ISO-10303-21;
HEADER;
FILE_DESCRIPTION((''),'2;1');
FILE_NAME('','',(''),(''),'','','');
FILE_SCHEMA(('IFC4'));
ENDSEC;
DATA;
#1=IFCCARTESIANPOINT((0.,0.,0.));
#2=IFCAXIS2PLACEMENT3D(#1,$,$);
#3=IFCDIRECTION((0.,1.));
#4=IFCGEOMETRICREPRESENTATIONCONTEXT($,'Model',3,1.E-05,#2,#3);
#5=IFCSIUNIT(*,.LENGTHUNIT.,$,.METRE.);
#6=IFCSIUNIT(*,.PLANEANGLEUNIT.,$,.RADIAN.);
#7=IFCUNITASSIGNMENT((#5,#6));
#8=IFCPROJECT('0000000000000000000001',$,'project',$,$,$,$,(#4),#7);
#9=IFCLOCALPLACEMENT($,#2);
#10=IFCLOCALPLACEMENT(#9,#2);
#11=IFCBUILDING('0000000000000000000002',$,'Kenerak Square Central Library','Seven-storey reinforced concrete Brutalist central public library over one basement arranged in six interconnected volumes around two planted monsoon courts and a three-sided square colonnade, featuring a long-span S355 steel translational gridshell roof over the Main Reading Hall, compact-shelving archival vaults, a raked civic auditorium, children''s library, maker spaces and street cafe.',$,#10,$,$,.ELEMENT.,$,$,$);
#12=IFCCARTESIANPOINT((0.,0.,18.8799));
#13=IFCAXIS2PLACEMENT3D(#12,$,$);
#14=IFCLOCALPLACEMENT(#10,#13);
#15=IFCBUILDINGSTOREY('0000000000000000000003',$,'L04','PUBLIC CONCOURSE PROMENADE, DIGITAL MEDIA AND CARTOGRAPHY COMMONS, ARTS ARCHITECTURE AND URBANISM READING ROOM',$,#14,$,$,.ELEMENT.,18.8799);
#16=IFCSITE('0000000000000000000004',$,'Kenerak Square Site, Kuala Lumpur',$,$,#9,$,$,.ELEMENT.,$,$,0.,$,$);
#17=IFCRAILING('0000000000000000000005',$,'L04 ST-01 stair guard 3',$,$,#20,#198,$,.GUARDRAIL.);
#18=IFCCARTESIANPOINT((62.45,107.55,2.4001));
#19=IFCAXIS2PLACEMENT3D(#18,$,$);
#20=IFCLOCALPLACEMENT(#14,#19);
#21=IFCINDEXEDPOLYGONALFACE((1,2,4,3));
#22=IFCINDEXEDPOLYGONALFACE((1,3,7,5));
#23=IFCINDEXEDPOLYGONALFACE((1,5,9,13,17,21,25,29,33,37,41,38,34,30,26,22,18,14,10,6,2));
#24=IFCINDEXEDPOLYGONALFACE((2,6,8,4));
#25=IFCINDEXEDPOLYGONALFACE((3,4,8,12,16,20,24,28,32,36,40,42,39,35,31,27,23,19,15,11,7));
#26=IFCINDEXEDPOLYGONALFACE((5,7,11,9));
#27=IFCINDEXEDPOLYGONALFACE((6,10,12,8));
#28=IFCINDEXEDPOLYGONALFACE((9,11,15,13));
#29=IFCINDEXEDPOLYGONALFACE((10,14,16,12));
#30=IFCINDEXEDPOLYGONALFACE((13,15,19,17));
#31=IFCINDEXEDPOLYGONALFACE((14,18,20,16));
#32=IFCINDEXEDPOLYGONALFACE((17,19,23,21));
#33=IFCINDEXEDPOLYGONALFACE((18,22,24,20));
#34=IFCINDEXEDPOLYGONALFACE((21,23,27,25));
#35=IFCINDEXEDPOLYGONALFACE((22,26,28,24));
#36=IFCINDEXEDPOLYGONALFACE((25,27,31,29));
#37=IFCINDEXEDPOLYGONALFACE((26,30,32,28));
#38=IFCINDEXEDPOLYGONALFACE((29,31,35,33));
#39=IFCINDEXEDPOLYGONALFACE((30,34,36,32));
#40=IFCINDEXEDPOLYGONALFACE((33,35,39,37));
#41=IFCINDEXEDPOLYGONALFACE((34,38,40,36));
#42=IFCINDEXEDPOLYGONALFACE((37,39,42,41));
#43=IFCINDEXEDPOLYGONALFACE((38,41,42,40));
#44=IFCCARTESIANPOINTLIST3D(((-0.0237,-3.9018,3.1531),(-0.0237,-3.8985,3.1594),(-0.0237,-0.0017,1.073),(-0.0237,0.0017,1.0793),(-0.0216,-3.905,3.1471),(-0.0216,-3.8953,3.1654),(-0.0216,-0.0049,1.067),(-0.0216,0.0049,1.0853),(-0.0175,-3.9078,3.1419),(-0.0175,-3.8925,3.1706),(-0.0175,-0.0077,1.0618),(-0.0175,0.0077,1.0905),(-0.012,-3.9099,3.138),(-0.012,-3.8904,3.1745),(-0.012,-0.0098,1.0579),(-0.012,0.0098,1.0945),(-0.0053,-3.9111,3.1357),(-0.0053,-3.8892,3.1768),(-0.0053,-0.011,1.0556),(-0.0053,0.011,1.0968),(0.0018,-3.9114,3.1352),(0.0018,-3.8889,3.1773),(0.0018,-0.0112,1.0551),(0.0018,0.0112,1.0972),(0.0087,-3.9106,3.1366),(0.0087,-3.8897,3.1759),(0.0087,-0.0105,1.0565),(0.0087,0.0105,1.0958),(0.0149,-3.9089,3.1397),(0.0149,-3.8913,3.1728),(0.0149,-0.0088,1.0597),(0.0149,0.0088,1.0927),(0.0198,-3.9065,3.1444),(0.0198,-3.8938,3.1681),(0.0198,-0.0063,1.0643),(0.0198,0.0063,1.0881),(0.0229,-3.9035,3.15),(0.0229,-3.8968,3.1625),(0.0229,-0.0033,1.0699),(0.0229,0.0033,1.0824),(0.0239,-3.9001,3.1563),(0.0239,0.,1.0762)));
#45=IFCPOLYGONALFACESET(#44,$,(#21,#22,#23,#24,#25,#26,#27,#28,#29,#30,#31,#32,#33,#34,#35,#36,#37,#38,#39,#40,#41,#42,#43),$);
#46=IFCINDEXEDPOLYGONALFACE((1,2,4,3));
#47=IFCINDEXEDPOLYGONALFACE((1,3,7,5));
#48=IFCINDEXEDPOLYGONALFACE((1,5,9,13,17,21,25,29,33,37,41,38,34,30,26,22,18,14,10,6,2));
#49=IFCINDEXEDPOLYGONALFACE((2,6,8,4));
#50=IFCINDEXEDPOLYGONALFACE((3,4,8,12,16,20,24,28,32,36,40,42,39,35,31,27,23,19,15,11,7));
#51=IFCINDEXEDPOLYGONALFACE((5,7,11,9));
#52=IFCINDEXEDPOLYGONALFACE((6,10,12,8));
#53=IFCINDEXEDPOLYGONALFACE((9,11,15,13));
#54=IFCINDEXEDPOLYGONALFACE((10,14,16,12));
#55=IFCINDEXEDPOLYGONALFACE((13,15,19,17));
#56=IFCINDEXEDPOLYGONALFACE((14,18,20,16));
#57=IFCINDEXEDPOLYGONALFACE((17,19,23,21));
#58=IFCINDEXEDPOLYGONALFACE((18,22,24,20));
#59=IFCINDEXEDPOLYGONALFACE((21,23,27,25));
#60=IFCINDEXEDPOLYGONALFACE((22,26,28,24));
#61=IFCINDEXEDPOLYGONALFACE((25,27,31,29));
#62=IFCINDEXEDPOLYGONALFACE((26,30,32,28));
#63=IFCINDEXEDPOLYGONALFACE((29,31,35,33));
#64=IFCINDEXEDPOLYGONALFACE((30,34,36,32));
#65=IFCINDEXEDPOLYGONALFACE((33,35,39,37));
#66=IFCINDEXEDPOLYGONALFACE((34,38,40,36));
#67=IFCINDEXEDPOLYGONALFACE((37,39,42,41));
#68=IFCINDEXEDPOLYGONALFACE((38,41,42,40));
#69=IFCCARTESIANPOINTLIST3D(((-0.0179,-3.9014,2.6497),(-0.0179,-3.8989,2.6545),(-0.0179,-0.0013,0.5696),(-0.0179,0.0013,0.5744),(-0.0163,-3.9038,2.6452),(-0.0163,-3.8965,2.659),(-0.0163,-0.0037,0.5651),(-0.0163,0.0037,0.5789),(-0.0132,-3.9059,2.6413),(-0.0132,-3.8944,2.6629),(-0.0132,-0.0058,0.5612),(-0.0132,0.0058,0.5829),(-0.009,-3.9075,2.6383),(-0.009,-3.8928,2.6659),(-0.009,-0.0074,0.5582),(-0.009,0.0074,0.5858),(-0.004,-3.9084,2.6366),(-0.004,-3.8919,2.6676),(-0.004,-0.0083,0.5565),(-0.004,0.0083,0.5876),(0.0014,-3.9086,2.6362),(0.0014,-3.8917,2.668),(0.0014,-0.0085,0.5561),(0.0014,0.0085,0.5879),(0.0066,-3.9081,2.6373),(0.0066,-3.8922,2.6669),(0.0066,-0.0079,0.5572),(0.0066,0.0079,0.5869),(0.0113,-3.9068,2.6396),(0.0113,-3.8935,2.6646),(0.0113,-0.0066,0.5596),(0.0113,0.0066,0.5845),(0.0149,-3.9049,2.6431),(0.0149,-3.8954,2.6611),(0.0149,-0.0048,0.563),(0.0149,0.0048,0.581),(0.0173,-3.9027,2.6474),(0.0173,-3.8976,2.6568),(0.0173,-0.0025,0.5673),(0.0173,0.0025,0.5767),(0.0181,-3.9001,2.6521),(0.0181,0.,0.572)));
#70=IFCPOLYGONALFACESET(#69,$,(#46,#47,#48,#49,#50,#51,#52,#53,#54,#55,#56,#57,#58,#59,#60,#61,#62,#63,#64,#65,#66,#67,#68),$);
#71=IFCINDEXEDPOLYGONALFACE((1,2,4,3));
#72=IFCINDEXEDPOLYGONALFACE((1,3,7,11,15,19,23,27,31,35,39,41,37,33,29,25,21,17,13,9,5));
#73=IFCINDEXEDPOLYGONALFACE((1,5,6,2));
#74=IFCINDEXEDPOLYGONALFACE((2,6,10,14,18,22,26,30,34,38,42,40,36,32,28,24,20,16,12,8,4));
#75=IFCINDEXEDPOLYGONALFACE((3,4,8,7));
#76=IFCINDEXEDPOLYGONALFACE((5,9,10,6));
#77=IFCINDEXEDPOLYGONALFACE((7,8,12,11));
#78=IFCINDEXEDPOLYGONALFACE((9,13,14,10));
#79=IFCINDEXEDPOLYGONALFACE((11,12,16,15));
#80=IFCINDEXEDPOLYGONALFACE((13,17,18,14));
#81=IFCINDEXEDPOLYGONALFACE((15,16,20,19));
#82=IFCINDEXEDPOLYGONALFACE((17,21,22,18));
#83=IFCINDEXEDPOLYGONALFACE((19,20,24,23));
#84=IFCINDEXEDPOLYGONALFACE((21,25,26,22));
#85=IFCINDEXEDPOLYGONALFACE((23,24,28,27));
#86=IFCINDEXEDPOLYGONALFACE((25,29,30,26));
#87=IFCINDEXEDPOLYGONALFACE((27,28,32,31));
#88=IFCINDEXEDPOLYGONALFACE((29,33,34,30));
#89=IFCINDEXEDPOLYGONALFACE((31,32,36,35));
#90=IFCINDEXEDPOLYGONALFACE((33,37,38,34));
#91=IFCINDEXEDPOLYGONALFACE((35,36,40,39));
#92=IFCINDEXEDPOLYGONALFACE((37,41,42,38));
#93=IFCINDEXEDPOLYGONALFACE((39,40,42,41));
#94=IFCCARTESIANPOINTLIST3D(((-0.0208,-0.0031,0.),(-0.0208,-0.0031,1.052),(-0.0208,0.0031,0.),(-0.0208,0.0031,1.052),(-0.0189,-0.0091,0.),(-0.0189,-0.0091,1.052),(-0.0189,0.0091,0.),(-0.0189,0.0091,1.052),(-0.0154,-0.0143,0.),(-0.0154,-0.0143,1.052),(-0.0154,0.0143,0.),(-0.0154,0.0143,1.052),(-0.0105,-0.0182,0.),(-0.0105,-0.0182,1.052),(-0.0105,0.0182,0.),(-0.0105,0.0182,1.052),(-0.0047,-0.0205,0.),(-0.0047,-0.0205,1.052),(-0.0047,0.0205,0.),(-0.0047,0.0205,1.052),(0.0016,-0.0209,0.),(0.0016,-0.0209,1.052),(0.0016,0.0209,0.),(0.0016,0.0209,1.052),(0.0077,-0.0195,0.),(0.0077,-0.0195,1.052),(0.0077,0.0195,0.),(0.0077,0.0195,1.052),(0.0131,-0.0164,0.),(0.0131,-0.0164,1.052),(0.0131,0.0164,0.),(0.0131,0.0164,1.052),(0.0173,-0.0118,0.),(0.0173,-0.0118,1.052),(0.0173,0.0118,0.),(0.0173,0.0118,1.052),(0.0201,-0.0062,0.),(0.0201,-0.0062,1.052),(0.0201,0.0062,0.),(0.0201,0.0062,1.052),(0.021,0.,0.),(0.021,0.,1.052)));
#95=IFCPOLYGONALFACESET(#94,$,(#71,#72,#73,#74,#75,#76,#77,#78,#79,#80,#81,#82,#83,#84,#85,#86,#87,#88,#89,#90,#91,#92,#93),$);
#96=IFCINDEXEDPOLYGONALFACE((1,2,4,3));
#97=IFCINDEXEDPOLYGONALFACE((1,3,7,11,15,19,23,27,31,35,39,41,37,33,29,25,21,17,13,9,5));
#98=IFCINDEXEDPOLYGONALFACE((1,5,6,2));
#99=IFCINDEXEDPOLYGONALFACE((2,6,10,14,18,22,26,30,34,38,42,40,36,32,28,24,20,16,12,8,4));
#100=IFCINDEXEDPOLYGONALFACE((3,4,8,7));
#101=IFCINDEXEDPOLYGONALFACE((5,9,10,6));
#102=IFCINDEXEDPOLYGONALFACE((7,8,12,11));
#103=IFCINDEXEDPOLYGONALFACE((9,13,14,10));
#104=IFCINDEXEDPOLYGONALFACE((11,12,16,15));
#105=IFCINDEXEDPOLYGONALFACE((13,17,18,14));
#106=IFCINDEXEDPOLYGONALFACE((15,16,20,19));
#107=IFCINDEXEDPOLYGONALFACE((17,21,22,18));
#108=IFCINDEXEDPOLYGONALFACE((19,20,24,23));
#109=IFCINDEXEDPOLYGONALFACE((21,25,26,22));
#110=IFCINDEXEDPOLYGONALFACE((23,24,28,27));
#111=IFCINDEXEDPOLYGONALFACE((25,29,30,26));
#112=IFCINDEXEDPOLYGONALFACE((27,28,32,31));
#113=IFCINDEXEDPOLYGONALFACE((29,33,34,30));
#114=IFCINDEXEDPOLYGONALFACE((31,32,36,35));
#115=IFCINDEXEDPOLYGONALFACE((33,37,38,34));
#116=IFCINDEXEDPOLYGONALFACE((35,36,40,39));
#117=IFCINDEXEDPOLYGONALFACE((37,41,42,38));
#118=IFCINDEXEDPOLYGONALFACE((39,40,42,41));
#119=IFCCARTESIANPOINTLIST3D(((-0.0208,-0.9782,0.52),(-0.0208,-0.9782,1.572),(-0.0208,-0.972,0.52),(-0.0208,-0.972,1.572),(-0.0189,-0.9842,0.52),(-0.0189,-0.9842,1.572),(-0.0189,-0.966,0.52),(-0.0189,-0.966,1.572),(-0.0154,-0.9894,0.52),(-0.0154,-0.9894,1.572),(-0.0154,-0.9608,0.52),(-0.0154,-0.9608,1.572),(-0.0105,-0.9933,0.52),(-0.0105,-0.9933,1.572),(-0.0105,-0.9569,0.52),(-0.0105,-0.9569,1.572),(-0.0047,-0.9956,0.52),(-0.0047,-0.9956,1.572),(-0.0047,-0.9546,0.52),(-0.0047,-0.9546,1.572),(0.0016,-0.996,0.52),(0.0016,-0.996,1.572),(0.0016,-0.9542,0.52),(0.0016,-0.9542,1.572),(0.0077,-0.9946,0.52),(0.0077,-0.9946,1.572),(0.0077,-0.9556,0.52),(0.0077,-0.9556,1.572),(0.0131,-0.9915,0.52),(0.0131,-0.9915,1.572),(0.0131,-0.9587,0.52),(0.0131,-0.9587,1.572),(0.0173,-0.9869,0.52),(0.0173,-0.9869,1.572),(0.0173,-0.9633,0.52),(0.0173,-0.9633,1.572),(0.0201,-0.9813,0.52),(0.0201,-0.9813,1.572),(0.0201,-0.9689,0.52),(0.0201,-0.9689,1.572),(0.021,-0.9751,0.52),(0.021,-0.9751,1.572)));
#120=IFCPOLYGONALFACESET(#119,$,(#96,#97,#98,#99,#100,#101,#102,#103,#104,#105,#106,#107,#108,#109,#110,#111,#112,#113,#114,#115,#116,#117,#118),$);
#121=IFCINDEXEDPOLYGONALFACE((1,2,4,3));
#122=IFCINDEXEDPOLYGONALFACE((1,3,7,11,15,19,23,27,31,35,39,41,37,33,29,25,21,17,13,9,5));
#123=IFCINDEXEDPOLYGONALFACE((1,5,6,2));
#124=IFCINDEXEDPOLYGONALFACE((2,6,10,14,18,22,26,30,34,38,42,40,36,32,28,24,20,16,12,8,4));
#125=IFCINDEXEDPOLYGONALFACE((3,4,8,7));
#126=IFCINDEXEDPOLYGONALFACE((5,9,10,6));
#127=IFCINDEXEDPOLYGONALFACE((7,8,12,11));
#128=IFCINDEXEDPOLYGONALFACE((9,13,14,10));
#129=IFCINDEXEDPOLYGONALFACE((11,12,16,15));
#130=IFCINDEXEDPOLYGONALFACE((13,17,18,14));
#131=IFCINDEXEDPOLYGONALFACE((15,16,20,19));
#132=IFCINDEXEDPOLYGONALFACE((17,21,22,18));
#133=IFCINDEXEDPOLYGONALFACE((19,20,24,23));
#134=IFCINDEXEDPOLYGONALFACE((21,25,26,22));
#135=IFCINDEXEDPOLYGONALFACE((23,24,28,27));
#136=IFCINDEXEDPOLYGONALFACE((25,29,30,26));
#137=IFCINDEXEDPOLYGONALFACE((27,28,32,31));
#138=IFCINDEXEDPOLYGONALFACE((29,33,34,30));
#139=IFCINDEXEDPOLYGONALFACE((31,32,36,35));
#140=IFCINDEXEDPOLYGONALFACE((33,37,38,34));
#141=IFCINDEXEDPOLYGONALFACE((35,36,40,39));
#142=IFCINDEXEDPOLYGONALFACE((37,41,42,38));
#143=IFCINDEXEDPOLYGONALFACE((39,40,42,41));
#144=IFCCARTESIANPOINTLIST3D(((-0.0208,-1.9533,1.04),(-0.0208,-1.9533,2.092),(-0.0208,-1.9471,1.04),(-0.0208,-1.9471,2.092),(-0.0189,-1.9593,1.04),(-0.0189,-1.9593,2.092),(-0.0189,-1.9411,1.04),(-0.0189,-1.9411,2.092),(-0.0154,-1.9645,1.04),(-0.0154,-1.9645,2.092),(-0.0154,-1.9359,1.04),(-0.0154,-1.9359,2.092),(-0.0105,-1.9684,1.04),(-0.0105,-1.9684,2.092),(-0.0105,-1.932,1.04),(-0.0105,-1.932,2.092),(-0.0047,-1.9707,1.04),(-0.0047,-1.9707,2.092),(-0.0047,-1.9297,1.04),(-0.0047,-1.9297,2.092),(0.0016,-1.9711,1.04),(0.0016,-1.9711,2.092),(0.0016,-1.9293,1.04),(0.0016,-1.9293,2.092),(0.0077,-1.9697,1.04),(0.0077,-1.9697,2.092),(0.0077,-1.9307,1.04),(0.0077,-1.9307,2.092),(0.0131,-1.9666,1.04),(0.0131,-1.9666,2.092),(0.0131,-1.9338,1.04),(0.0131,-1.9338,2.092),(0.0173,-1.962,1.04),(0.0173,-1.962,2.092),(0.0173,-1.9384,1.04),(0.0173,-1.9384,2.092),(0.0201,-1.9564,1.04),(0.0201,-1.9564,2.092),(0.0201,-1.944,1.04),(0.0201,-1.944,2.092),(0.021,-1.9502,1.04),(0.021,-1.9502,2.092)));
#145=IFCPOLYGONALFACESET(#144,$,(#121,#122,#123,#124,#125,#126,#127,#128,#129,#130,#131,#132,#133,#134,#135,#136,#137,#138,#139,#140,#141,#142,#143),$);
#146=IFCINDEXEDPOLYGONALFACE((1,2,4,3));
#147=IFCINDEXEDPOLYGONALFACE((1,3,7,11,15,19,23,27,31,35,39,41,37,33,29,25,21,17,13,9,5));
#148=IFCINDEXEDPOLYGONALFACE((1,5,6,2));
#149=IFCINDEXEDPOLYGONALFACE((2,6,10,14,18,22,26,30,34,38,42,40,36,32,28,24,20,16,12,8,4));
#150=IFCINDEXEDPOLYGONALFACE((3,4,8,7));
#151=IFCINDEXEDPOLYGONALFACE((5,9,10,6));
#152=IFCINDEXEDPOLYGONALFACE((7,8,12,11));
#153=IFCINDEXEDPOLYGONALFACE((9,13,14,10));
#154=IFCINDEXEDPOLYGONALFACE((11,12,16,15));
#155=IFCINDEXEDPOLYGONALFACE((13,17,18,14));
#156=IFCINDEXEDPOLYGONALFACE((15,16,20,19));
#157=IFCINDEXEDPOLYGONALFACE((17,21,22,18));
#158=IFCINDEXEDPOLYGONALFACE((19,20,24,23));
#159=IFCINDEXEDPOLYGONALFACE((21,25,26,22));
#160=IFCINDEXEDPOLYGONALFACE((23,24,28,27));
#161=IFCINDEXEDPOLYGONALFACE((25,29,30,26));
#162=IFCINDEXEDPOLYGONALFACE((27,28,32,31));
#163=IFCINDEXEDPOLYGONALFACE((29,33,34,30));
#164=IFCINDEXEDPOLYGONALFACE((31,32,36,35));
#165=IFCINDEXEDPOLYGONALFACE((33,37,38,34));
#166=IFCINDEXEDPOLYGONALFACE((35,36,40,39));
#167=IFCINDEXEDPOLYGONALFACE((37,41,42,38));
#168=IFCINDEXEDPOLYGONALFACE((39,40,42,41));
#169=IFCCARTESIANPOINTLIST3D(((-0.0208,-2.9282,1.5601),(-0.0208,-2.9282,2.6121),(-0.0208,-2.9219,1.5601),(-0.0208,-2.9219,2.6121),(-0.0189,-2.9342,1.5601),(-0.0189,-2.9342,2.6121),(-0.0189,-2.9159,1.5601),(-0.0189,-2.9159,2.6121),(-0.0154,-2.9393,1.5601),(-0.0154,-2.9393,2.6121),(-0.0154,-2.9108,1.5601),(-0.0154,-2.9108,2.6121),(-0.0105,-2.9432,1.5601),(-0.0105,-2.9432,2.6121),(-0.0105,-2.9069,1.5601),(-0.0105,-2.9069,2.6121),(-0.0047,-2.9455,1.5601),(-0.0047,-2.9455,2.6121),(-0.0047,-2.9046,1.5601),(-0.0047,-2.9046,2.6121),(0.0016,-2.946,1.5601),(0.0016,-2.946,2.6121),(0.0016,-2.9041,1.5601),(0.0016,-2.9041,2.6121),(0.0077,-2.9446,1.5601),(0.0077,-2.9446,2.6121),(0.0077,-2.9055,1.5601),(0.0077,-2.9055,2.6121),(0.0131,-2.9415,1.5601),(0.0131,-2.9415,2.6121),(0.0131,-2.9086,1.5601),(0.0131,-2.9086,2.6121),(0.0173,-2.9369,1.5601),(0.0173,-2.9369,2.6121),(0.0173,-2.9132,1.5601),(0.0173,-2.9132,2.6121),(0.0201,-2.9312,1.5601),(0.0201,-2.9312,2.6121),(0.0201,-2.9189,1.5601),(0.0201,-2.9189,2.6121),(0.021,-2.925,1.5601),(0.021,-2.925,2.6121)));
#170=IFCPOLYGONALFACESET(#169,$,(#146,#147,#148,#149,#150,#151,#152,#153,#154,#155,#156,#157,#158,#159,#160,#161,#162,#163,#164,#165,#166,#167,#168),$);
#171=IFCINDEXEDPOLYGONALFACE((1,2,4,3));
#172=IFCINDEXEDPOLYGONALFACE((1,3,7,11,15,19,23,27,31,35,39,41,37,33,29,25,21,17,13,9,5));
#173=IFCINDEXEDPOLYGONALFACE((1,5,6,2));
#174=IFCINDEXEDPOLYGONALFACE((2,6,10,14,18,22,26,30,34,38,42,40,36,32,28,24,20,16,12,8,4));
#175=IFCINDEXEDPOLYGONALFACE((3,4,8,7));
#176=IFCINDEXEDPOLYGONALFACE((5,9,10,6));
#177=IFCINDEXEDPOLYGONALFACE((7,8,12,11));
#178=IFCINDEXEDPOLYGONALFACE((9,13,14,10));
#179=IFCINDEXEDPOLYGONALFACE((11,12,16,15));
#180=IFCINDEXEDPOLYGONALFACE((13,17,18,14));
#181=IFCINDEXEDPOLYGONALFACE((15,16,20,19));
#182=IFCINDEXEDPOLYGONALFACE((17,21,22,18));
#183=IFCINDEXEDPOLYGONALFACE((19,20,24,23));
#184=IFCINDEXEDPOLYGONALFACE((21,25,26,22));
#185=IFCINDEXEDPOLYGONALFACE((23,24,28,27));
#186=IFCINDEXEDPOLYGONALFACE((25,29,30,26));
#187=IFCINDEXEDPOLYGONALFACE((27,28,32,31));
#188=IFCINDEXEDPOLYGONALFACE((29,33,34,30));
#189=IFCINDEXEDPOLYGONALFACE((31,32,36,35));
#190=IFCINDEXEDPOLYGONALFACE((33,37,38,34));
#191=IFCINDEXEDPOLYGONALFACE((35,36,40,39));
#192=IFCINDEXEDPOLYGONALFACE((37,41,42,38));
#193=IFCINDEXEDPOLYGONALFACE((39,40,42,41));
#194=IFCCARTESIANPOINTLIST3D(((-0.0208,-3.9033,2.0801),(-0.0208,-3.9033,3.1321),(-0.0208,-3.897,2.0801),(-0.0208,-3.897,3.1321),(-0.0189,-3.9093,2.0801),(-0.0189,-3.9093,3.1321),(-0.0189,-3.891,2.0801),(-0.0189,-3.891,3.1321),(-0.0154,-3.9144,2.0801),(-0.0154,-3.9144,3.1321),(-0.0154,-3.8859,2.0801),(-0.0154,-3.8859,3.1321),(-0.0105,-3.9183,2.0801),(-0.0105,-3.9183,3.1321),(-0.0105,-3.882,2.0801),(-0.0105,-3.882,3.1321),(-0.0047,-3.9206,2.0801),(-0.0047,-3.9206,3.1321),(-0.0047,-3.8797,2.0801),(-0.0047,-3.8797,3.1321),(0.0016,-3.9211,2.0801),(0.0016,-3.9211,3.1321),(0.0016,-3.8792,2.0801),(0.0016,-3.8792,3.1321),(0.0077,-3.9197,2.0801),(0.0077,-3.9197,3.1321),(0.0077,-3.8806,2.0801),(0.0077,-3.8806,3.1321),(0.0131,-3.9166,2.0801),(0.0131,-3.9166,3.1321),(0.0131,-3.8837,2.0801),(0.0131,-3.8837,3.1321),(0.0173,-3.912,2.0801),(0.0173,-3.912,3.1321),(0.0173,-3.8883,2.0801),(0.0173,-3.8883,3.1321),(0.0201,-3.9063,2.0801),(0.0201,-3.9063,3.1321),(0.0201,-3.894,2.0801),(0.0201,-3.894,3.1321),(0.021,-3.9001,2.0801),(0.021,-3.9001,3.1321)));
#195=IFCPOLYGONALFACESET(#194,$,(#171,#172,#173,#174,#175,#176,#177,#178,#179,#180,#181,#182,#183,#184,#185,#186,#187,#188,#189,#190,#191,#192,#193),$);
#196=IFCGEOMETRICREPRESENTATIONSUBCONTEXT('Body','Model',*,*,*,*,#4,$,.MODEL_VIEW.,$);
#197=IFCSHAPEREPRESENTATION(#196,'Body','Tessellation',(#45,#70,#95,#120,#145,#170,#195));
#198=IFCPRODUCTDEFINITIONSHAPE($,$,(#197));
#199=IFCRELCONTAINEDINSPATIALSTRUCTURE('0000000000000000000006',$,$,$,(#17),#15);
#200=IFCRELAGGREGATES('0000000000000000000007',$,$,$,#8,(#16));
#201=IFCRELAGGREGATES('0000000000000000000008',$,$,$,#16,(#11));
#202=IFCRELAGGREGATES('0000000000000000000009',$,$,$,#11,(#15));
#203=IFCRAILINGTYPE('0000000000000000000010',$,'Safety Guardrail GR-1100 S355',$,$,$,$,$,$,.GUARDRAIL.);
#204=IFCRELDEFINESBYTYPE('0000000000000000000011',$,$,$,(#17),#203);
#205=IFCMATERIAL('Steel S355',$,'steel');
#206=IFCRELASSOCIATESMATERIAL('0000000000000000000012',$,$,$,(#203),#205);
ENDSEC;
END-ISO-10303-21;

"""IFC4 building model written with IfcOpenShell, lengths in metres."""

from ifc_helpers import new_model, si_unit, direction, frame, origin, origin_2d, place, context, subcontext, project, spatial, circle, extrude, material, type_object, element, save


model = new_model("IFC4")

# Units and contexts
model_context = context("Model", 3, precision=1e-05, world=origin(), true_north=direction((0.0, 1.0)))
body_context = subcontext(model_context, "Body", "Model", "MODEL_VIEW")
ifc_project = project(units=[si_unit("LENGTHUNIT", "METRE"), si_unit("PLANEANGLEUNIT", "RADIAN")], contexts=[model_context])

# Site, building, storey
site_placement = place(None, origin())
site = spatial("IfcSite", under=ifc_project, at=site_placement, Name="Kenerak Square Site, Kuala Lumpur", CompositionType="ELEMENT", RefElevation=0.0)
building_placement = place(site_placement, origin())
building = spatial("IfcBuilding", under=site, at=building_placement, Name="Kenerak Square Central Library", Description="Seven-storey reinforced concrete Brutalist central public library over one basement arranged in six interconnected volumes around two planted monsoon courts and a three-sided square colonnade, featuring a long-span S355 steel translational gridshell roof over the Main Reading Hall, compact-shelving archival vaults, a raked civic auditorium, children's library, maker spaces and street cafe.", CompositionType="ELEMENT")
storey_placement = place(building_placement, frame((0.0, 0.0, 18.8799)))
storey = spatial("IfcBuildingStorey", under=building, at=storey_placement, Name="L04", Description="PUBLIC CONCOURSE PROMENADE, DIGITAL MEDIA AND CARTOGRAPHY COMMONS, ARTS ARCHITECTURE AND URBANISM READING ROOM", CompositionType="ELEMENT", Elevation=18.8799)

# Railing
ifc_material_1 = material(Name="Steel S355", Category="steel")
railing_type_1 = type_object("IfcRailingType", Name="Safety Guardrail GR-1100 S355", PredefinedType="GUARDRAIL", material=ifc_material_1)
railing_1_placement = place(storey_placement, frame((62.45, 107.55, 2.4001)))
element("IfcRailing", 1, at=railing_1_placement, inside=storey, type_object=railing_type_1, Name="L04 ST-01 stair guard 3", PredefinedType="GUARDRAIL", context=body_context, shape_type="SweptSolid", body=[
    extrude(circle(Radius=0.0239, at=origin_2d()), frame((0.0, 0.0, 1.0762), z_axis=(0.0, -0.882353, 0.470588), x_axis=(1.0, 0.0, 0.0)), (0.0, 0.0, 1.0), 4.4202),
    extrude(circle(Radius=0.0181, at=origin_2d()), frame((0.0, 0.0, 0.572), z_axis=(0.0, -0.882353, 0.470588), x_axis=(1.0, 0.0, 0.0)), (0.0, 0.0, 1.0), 4.4202),
    extrude(circle(Radius=0.021, at=origin_2d()), origin(), (0.0, 0.0, 1.0), 1.052),
    extrude(circle(Radius=0.021, at=origin_2d()), frame((0.0, -0.9751, 0.52)), (0.0, 0.0, 1.0), 1.052),
    extrude(circle(Radius=0.021, at=origin_2d()), frame((0.0, -1.9502, 1.04)), (0.0, 0.0, 1.0), 1.052),
    extrude(circle(Radius=0.021, at=origin_2d()), frame((0.0, -2.925, 1.5601)), (0.0, 0.0, 1.0), 1.052),
    extrude(circle(Radius=0.021, at=origin_2d()), frame((0.0, -3.9001, 2.0801)), (0.0, 0.0, 1.0), 1.052),
])

save(model, "model.ifc")
